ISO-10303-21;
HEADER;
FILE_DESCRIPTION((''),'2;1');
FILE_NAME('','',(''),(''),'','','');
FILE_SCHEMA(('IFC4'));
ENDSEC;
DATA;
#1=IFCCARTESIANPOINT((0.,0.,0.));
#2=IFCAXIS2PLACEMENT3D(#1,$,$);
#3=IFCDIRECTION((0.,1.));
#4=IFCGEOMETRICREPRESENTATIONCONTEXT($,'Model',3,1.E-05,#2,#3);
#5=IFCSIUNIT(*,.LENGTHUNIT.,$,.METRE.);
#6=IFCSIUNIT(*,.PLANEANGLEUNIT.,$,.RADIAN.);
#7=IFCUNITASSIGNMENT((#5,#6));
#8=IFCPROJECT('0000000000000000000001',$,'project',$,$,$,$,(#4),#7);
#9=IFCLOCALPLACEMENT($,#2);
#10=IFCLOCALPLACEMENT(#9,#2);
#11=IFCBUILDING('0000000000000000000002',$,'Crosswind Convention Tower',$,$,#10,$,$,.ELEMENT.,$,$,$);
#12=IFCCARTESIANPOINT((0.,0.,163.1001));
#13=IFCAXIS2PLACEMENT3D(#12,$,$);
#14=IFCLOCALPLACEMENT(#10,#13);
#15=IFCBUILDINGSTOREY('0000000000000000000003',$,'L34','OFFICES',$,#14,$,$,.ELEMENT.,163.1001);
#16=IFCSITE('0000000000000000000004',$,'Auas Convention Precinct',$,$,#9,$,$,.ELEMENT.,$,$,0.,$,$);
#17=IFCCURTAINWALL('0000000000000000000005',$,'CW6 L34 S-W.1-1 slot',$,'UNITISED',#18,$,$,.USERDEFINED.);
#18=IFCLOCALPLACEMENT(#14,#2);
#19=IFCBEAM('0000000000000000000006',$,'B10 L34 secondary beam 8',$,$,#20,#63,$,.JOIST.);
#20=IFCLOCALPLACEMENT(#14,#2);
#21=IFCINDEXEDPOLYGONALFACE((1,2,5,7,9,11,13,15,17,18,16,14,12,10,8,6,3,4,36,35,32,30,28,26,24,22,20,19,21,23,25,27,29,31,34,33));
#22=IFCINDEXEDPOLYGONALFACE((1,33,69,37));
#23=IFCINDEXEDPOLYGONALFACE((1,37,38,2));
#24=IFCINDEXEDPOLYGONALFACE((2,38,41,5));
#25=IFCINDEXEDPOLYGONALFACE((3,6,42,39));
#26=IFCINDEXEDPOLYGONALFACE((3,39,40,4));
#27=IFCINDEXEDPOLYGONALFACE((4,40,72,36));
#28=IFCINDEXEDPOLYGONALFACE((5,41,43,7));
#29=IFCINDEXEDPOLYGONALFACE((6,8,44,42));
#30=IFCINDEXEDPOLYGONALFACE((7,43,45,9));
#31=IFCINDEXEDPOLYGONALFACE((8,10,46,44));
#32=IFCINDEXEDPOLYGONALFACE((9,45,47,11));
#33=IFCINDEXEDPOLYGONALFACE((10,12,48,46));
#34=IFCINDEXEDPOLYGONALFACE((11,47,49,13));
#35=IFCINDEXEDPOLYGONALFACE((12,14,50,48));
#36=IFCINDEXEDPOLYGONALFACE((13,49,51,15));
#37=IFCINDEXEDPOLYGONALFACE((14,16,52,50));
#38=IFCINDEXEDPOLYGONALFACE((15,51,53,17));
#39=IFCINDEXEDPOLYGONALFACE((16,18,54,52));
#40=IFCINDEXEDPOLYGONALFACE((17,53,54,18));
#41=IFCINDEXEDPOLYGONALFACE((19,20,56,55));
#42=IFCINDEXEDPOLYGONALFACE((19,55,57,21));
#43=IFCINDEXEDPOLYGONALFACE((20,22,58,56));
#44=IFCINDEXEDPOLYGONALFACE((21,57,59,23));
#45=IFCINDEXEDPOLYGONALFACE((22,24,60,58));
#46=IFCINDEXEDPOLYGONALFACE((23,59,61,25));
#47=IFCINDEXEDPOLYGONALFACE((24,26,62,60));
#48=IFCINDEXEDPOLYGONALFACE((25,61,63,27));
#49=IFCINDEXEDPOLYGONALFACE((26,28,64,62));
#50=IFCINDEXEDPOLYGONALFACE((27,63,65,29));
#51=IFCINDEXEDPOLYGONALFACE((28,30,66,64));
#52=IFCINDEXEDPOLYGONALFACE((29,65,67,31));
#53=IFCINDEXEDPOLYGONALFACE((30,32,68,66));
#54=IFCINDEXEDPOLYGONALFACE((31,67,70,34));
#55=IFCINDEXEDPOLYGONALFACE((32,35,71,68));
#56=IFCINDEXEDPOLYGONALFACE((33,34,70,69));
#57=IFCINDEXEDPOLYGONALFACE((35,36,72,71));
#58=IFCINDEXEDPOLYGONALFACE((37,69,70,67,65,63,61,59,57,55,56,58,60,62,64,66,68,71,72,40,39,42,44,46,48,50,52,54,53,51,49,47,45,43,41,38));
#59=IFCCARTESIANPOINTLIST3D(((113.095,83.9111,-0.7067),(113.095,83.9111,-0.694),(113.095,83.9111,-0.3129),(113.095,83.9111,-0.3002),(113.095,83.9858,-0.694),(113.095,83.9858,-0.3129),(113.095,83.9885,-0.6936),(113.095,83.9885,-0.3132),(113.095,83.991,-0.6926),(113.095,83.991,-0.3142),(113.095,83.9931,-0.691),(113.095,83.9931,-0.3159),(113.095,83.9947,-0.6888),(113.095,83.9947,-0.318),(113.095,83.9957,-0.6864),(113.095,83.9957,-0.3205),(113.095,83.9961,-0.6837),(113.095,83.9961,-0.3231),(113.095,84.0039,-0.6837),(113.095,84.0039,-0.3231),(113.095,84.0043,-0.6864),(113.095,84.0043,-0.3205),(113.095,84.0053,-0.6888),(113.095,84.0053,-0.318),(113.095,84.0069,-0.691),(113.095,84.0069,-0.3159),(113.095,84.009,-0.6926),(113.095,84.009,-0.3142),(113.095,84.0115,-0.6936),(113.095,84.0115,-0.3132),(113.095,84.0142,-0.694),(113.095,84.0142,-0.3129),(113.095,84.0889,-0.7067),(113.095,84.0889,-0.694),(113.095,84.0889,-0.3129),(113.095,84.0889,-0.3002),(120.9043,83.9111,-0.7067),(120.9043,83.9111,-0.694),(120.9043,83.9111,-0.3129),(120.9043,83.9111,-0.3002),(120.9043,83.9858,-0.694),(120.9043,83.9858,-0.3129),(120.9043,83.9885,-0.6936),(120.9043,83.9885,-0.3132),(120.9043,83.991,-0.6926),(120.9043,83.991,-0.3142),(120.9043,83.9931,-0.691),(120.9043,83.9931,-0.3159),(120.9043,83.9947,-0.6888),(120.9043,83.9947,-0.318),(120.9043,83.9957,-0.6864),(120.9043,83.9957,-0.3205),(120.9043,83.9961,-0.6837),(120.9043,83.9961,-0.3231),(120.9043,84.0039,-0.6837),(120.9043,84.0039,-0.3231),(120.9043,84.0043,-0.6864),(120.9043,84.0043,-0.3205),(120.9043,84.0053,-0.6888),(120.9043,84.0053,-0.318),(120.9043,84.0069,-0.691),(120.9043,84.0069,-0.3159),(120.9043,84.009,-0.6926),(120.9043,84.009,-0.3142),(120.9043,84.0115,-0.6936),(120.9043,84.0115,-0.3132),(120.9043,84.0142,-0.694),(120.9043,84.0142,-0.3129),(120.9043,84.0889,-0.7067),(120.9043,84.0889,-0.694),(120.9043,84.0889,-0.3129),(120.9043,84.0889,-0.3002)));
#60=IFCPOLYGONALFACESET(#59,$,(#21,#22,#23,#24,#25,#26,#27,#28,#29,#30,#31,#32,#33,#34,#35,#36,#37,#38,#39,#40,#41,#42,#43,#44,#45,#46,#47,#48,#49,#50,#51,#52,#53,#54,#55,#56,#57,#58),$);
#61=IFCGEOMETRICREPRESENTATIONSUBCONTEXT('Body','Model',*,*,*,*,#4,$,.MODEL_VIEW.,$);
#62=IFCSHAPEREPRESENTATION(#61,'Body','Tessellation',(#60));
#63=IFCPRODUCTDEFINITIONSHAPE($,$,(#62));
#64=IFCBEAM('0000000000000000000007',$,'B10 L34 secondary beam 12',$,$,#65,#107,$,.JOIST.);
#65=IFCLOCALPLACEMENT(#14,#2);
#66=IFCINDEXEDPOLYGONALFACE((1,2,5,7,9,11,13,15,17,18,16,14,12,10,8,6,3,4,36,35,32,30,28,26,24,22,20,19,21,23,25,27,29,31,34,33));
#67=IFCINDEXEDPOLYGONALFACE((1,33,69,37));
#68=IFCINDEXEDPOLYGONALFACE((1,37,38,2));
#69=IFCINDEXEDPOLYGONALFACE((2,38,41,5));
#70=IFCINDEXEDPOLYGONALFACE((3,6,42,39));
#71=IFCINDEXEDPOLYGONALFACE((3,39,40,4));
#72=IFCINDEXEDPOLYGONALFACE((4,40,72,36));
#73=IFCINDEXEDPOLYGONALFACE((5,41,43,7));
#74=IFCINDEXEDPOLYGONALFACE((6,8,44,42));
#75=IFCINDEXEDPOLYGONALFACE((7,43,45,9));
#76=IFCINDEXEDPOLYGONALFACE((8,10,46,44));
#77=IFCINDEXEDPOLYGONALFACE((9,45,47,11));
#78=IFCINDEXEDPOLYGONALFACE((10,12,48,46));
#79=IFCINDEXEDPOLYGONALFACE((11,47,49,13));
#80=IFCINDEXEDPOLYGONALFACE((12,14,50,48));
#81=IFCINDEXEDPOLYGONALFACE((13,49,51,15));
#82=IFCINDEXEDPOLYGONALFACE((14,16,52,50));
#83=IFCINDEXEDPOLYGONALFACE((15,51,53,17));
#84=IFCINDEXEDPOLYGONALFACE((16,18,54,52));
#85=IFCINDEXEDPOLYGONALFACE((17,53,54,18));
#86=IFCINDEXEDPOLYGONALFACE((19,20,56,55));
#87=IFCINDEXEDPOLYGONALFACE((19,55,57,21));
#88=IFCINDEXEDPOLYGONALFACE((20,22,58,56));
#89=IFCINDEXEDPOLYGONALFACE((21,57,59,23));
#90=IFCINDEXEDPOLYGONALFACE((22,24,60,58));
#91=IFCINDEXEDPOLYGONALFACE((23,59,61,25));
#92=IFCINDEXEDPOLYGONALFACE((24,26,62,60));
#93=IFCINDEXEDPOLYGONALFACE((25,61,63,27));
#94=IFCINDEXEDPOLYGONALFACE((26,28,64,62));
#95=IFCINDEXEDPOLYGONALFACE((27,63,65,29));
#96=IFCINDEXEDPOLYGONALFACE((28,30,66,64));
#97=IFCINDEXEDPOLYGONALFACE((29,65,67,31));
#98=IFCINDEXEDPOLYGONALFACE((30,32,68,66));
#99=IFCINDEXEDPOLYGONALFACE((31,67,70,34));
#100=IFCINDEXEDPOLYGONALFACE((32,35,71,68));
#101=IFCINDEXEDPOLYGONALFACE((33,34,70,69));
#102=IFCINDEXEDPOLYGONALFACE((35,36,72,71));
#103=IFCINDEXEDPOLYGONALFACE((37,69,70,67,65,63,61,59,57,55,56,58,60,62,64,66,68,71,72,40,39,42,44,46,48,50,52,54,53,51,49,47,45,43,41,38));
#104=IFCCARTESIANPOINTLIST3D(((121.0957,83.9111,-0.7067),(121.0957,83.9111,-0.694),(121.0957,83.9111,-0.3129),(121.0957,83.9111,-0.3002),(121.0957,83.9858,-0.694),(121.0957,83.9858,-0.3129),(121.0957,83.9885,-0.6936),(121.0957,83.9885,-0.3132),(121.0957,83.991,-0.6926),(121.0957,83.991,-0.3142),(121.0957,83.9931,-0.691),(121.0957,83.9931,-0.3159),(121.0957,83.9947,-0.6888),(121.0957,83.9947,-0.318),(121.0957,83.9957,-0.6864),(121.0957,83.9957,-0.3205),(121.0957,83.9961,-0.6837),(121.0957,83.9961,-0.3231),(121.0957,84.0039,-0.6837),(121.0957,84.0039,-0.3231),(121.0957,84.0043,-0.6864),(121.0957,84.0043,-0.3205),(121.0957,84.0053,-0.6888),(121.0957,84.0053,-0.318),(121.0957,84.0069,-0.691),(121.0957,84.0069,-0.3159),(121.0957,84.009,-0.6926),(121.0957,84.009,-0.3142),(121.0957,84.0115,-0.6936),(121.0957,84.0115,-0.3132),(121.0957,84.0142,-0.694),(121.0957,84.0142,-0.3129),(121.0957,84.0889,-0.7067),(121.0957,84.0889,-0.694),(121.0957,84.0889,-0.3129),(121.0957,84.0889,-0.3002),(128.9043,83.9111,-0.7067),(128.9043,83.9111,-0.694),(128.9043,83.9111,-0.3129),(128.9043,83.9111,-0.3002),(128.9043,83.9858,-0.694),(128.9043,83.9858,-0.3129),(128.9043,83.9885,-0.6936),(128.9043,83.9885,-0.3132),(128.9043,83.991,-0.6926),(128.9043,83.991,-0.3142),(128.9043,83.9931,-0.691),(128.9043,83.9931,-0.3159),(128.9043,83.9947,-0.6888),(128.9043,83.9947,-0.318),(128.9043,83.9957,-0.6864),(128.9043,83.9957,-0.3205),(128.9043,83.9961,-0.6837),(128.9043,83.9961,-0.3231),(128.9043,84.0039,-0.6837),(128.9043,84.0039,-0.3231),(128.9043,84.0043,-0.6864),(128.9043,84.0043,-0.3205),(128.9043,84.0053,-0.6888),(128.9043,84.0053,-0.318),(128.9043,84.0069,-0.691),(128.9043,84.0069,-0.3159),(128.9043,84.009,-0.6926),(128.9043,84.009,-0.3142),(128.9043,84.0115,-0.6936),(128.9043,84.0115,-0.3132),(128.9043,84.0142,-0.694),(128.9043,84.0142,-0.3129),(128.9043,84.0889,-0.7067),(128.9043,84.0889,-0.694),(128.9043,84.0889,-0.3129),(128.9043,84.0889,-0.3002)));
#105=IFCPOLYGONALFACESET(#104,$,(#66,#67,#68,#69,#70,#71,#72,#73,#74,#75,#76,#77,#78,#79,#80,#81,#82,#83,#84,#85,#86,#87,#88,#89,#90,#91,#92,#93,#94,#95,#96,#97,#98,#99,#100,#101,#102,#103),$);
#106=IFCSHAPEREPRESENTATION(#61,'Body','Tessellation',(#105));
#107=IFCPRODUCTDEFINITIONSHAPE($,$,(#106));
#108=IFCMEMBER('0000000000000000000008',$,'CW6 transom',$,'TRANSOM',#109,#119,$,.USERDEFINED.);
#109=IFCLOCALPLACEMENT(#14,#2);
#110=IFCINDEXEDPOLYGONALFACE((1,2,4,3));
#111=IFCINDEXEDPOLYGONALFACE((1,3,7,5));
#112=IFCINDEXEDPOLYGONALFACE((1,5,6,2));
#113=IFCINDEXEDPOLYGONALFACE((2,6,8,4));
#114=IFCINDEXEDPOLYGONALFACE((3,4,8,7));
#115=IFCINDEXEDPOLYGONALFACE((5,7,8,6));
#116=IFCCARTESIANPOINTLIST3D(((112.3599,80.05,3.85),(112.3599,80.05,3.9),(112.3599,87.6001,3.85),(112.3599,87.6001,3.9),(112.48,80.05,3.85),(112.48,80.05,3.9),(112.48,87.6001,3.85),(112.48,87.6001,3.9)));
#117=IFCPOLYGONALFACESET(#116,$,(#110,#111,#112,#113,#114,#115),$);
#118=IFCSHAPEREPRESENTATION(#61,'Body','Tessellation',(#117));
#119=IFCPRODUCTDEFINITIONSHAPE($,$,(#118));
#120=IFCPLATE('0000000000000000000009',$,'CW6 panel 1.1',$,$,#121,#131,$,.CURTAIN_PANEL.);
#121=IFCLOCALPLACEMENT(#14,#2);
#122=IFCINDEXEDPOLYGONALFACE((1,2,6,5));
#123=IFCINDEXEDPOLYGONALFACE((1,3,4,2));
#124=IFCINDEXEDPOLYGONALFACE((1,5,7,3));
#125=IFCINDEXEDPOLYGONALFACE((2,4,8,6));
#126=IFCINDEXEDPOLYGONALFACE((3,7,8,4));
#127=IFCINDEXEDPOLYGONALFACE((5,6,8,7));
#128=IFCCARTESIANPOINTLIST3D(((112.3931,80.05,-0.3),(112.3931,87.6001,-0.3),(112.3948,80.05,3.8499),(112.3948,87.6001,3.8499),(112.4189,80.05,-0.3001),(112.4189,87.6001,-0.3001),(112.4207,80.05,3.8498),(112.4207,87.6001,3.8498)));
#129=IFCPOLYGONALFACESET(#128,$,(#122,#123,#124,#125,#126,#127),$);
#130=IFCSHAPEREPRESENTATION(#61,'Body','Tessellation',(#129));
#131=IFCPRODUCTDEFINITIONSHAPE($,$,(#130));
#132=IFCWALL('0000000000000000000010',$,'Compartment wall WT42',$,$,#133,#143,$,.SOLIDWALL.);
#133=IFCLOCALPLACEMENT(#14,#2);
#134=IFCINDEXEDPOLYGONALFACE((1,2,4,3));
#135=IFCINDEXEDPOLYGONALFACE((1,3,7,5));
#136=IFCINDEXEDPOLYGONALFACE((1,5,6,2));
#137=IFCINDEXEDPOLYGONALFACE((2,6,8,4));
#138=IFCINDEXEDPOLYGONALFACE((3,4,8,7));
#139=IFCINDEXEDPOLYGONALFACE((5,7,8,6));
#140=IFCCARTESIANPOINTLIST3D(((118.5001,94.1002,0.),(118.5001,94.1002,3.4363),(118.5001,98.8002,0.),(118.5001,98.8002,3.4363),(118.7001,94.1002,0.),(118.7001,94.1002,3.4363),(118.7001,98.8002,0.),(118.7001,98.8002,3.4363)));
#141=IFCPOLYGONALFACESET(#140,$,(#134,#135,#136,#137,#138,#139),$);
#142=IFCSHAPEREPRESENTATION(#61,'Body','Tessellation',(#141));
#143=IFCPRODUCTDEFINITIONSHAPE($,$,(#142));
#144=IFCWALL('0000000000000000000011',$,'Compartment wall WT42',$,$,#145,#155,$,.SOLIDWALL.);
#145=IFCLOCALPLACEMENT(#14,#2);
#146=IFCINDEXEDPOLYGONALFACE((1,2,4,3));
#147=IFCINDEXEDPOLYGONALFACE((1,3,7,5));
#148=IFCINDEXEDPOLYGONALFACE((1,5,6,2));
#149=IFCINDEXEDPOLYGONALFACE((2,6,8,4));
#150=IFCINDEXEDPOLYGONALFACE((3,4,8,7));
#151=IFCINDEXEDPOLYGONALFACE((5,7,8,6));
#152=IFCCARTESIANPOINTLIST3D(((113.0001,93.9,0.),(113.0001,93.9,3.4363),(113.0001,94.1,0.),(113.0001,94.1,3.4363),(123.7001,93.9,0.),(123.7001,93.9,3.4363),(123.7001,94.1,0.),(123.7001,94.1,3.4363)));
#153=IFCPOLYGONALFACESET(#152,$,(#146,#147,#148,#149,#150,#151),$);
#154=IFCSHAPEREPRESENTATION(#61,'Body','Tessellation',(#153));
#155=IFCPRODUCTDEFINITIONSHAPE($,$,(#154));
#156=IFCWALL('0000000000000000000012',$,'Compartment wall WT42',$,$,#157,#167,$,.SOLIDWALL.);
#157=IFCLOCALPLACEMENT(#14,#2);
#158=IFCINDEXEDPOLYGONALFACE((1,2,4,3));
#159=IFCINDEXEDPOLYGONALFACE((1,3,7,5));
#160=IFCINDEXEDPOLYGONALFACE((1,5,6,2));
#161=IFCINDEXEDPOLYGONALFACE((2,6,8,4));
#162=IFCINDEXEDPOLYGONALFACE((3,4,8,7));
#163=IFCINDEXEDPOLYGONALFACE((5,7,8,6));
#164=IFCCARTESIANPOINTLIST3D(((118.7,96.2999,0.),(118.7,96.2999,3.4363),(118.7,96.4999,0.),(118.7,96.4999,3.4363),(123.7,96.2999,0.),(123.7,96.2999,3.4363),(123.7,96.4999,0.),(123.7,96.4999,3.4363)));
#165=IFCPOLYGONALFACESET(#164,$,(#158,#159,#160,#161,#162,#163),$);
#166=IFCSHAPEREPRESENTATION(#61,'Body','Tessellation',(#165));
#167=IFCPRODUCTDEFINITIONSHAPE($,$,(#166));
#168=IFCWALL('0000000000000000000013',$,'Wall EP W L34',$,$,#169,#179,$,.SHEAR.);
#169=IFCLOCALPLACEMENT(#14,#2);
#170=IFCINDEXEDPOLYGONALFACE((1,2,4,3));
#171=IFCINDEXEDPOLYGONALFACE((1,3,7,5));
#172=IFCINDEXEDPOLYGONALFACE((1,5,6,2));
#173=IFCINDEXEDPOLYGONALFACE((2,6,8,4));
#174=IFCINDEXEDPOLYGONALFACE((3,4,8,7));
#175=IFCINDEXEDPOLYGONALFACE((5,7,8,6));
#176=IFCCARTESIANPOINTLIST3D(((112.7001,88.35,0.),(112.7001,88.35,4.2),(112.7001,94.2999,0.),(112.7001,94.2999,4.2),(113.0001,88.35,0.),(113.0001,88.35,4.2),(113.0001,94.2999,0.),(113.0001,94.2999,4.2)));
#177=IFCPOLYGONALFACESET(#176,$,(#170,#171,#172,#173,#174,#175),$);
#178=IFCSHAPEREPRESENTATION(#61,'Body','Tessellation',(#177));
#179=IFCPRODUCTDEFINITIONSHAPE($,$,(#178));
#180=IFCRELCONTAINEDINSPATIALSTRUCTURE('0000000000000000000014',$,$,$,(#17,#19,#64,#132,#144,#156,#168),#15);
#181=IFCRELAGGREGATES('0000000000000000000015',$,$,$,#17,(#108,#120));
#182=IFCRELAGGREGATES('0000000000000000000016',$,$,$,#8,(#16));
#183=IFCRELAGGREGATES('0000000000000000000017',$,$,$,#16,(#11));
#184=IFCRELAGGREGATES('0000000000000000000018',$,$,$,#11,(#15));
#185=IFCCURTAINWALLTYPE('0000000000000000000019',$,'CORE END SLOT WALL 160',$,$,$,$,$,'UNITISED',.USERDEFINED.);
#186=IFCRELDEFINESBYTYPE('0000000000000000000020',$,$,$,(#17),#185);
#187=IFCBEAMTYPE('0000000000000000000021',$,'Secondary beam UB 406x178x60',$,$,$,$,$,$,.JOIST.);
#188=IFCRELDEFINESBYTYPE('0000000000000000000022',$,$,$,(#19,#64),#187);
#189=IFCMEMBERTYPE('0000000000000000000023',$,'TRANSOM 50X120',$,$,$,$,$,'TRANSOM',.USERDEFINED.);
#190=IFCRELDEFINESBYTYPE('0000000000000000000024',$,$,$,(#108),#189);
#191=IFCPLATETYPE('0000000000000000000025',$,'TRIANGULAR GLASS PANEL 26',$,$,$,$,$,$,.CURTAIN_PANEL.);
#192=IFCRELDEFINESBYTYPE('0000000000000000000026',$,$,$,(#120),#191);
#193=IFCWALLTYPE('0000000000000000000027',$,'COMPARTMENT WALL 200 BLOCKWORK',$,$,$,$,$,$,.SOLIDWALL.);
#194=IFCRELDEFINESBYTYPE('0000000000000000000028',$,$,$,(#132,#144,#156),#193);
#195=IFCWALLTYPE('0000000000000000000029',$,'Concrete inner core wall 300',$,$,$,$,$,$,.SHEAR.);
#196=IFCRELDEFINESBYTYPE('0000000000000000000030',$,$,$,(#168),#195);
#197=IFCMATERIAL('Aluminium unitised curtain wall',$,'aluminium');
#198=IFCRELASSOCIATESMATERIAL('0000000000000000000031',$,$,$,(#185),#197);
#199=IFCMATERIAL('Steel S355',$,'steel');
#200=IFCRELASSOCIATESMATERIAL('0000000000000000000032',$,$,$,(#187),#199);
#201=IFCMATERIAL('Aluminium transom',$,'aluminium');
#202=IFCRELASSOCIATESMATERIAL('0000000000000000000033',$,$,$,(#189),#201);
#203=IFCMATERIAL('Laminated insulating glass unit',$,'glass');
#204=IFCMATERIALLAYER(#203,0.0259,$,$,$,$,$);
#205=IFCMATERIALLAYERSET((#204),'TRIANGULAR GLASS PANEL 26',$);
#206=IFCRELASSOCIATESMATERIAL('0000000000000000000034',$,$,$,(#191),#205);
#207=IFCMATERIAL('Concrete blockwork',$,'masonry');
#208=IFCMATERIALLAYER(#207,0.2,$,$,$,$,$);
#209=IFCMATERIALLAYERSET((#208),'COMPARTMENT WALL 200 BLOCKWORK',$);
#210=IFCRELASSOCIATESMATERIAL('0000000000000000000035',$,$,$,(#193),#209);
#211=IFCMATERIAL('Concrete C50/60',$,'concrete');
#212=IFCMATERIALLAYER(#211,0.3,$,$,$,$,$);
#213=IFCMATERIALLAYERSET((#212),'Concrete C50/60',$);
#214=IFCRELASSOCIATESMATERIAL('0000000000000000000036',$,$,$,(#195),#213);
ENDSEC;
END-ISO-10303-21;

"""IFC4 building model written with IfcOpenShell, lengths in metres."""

from ifc_helpers import new_model, si_unit, direction, frame, frame_2d, origin, origin_2d, place, context, subcontext, project, spatial, polyline, rectangle, i_section, outline, extrude, material, layer, layer_set, material_profile, profile_set, type_object, element, aggregate, save


model = new_model("IFC4")

# Units and contexts
model_context = context("Model", 3, precision=1e-05, world=origin(), true_north=direction((0.0, 1.0)))
body_context = subcontext(model_context, "Body", "Model", "MODEL_VIEW")
ifc_project = project(units=[si_unit("LENGTHUNIT", "METRE"), si_unit("PLANEANGLEUNIT", "RADIAN")], contexts=[model_context])

# Site, building, storey
site_placement = place(None, origin())
site = spatial("IfcSite", under=ifc_project, at=site_placement, Name="Auas Convention Precinct", CompositionType="ELEMENT", RefElevation=0.0)
building_placement = place(site_placement, origin())
building = spatial("IfcBuilding", under=site, at=building_placement, Name="Crosswind Convention Tower", CompositionType="ELEMENT")
storey_placement = place(building_placement, frame((0.0, 0.0, 163.1001)))
storey = spatial("IfcBuildingStorey", under=building, at=storey_placement, Name="L34", Description="OFFICES", CompositionType="ELEMENT", Elevation=163.1001)

# Shared definitions
ifc_material_1 = material(Name="Steel S355", Category="steel")

# Curtain wall
ifc_material_2 = material(Name="Aluminium unitised curtain wall", Category="aluminium")
curtain_wall_type = type_object("IfcCurtainWallType", Name="CORE END SLOT WALL 160", ElementType="UNITISED", PredefinedType="USERDEFINED", material=ifc_material_2)
curtain_wall_placement = place(storey_placement, origin())
curtain_wall = element("IfcCurtainWall", 1, at=curtain_wall_placement, inside=storey, type_object=curtain_wall_type, Name="CW6 L34 S-W.1-1 slot", ObjectType="UNITISED", PredefinedType="USERDEFINED")

# Beams
ifc_material_profile_1 = material_profile(ifc_material_1, i_section(OverallWidth=0.1777, OverallDepth=0.4065, WebThickness=0.0078, FlangeThickness=0.0127, FilletRadius=0.0103, at=origin_2d()), Name="UB 406x178x60")
ifc_profile_set_1 = profile_set([ifc_material_profile_1], Name="Steel S355")
beam_type_1 = type_object("IfcBeamType", Name="Secondary beam UB 406x178x60", PredefinedType="JOIST", material=ifc_profile_set_1)
beam_1_placement = place(storey_placement, frame((113.095, 84.0, -0.5034), z_axis=(1.0, 0.0, 0.0), x_axis=(0.0, 1.0, 0.0)))
element("IfcBeam", 2, at=beam_1_placement, inside=storey, type_object=beam_type_1, Name="B10 L34 secondary beam 8", PredefinedType="JOIST", context=body_context, shape_type="SweptSolid", body=[
    extrude(i_section(OverallWidth=0.1777, OverallDepth=0.4065, WebThickness=0.0078, FlangeThickness=0.0127, FilletRadius=0.0103, at=origin_2d()), origin(), (0.0, 0.0, 1.0), 7.8093),
])
beam_2_placement = place(storey_placement, frame((121.0957, 84.0, -0.5034), z_axis=(1.0, 0.0, 0.0), x_axis=(0.0, 1.0, 0.0)))
element("IfcBeam", 3, at=beam_2_placement, inside=storey, type_object=beam_type_1, Name="B10 L34 secondary beam 12", PredefinedType="JOIST", context=body_context, shape_type="SweptSolid", body=[
    extrude(i_section(OverallWidth=0.1777, OverallDepth=0.4065, WebThickness=0.0078, FlangeThickness=0.0127, FilletRadius=0.0103, at=origin_2d()), origin(), (0.0, 0.0, 1.0), 7.8086),
])

# Member
ifc_material_3 = material(Name="Aluminium transom", Category="aluminium")
ifc_material_profile_2 = material_profile(ifc_material_3, rectangle(XDim=0.1201, YDim=0.05, at=origin_2d()), Name="AL 120X50")
ifc_profile_set_2 = profile_set([ifc_material_profile_2], Name="Aluminium transom")
member_type_1 = type_object("IfcMemberType", Name="TRANSOM 50X120", ElementType="TRANSOM", PredefinedType="USERDEFINED", material=ifc_profile_set_2)
member_1_placement = place(storey_placement, frame((112.4199, 87.6001, 3.875), z_axis=(0.0, -1.0, 0.0), x_axis=(1.0, 0.0, 0.0)))
member_1 = element("IfcMember", 4, at=member_1_placement, type_object=member_type_1, Name="CW6 transom", ObjectType="TRANSOM", PredefinedType="USERDEFINED", context=body_context, shape_type="SweptSolid", body=[
    extrude(rectangle(XDim=0.1201, YDim=0.05, at=origin_2d()), origin(), (0.0, 0.0, 1.0), 7.55),
])

# Plate
ifc_material_4 = material(Name="Laminated insulating glass unit", Category="glass")
ifc_layer_1 = layer(ifc_material_4, 0.0259)
ifc_layer_set_1 = layer_set([ifc_layer_1], Name="TRIANGULAR GLASS PANEL 26")
plate_type = type_object("IfcPlateType", Name="TRIANGULAR GLASS PANEL 26", PredefinedType="CURTAIN_PANEL", material=ifc_layer_set_1)
plate_placement = place(storey_placement, frame((112.3931, 87.6001, -0.3), z_axis=(-1.0, 0.0, 0.000412), x_axis=(0.0, -1.0, 0.0)))
plate = element("IfcPlate", 5, at=plate_placement, type_object=plate_type, Name="CW6 panel 1.1", PredefinedType="CURTAIN_PANEL", context=body_context, shape_type="SweptSolid", body=[
    extrude(outline(polyline([(0.0, 0.0), (7.55, 0.0), (7.55, 4.1499), (0.0, 4.1499), (0.0, 0.0)])), origin(), (0.0, 0.0, -1.0), 0.0259),
])
aggregate(curtain_wall, [member_1, plate])

# Walls
ifc_material_5 = material(Name="Concrete blockwork", Category="masonry")
ifc_layer_2 = layer(ifc_material_5, 0.2)
ifc_layer_set_2 = layer_set([ifc_layer_2], Name="COMPARTMENT WALL 200 BLOCKWORK")
wall_type_1 = type_object("IfcWallType", Name="COMPARTMENT WALL 200 BLOCKWORK", PredefinedType="SOLIDWALL", material=ifc_layer_set_2)
wall_1_placement = place(storey_placement, frame((118.6001, 94.1001, 0.0), z_axis=(0.0, 0.0, 1.0), x_axis=(0.0, 1.0, 0.0)))
element("IfcWall", 6, at=wall_1_placement, inside=storey, type_object=wall_type_1, Name="Compartment wall WT42", PredefinedType="SOLIDWALL", context=body_context, shape_type="SweptSolid", body=[
    extrude(rectangle(XDim=4.7, YDim=0.2, at=frame_2d((2.3501, 0.0))), origin(), (0.0, 0.0, 1.0), 3.4363),
])
wall_2_placement = place(storey_placement, frame((113.0, 94.0, 0.0), z_axis=(0.0, 0.0, 1.0), x_axis=(1.0, 0.0, 0.0)))
element("IfcWall", 7, at=wall_2_placement, inside=storey, type_object=wall_type_1, Name="Compartment wall WT42", PredefinedType="SOLIDWALL", context=body_context, shape_type="SweptSolid", body=[
    extrude(rectangle(XDim=10.7, YDim=0.2, at=frame_2d((5.3501, 0.0))), origin(), (0.0, 0.0, 1.0), 3.4363),
])
wall_3_placement = place(storey_placement, frame((118.7, 96.3999, 0.0), z_axis=(0.0, 0.0, 1.0), x_axis=(1.0, 0.0, 0.0)))
element("IfcWall", 8, at=wall_3_placement, inside=storey, type_object=wall_type_1, Name="Compartment wall WT42", PredefinedType="SOLIDWALL", context=body_context, shape_type="SweptSolid", body=[
    extrude(rectangle(XDim=5.0, YDim=0.2, at=frame_2d((2.5, 0.0))), origin(), (0.0, 0.0, 1.0), 3.4363),
])
ifc_material_6 = material(Name="Concrete C50/60", Category="concrete")
ifc_layer_3 = layer(ifc_material_6, 0.3)
ifc_layer_set_3 = layer_set([ifc_layer_3], Name="Concrete C50/60")
wall_type_2 = type_object("IfcWallType", Name="Concrete inner core wall 300", PredefinedType="SHEAR", material=ifc_layer_set_3)
wall_4_placement = place(storey_placement, frame((112.8501, 94.3, 0.0), z_axis=(0.0, 0.0, 1.0), x_axis=(0.0, -1.0, 0.0)))
element("IfcWall", 9, at=wall_4_placement, inside=storey, type_object=wall_type_2, Name="Wall EP W L34", PredefinedType="SHEAR", context=body_context, shape_type="SweptSolid", body=[
    extrude(rectangle(XDim=5.95, YDim=0.3, at=frame_2d((2.9751, 0.0))), origin(), (0.0, 0.0, 1.0), 4.2),
])

save(model, "model.ifc")
